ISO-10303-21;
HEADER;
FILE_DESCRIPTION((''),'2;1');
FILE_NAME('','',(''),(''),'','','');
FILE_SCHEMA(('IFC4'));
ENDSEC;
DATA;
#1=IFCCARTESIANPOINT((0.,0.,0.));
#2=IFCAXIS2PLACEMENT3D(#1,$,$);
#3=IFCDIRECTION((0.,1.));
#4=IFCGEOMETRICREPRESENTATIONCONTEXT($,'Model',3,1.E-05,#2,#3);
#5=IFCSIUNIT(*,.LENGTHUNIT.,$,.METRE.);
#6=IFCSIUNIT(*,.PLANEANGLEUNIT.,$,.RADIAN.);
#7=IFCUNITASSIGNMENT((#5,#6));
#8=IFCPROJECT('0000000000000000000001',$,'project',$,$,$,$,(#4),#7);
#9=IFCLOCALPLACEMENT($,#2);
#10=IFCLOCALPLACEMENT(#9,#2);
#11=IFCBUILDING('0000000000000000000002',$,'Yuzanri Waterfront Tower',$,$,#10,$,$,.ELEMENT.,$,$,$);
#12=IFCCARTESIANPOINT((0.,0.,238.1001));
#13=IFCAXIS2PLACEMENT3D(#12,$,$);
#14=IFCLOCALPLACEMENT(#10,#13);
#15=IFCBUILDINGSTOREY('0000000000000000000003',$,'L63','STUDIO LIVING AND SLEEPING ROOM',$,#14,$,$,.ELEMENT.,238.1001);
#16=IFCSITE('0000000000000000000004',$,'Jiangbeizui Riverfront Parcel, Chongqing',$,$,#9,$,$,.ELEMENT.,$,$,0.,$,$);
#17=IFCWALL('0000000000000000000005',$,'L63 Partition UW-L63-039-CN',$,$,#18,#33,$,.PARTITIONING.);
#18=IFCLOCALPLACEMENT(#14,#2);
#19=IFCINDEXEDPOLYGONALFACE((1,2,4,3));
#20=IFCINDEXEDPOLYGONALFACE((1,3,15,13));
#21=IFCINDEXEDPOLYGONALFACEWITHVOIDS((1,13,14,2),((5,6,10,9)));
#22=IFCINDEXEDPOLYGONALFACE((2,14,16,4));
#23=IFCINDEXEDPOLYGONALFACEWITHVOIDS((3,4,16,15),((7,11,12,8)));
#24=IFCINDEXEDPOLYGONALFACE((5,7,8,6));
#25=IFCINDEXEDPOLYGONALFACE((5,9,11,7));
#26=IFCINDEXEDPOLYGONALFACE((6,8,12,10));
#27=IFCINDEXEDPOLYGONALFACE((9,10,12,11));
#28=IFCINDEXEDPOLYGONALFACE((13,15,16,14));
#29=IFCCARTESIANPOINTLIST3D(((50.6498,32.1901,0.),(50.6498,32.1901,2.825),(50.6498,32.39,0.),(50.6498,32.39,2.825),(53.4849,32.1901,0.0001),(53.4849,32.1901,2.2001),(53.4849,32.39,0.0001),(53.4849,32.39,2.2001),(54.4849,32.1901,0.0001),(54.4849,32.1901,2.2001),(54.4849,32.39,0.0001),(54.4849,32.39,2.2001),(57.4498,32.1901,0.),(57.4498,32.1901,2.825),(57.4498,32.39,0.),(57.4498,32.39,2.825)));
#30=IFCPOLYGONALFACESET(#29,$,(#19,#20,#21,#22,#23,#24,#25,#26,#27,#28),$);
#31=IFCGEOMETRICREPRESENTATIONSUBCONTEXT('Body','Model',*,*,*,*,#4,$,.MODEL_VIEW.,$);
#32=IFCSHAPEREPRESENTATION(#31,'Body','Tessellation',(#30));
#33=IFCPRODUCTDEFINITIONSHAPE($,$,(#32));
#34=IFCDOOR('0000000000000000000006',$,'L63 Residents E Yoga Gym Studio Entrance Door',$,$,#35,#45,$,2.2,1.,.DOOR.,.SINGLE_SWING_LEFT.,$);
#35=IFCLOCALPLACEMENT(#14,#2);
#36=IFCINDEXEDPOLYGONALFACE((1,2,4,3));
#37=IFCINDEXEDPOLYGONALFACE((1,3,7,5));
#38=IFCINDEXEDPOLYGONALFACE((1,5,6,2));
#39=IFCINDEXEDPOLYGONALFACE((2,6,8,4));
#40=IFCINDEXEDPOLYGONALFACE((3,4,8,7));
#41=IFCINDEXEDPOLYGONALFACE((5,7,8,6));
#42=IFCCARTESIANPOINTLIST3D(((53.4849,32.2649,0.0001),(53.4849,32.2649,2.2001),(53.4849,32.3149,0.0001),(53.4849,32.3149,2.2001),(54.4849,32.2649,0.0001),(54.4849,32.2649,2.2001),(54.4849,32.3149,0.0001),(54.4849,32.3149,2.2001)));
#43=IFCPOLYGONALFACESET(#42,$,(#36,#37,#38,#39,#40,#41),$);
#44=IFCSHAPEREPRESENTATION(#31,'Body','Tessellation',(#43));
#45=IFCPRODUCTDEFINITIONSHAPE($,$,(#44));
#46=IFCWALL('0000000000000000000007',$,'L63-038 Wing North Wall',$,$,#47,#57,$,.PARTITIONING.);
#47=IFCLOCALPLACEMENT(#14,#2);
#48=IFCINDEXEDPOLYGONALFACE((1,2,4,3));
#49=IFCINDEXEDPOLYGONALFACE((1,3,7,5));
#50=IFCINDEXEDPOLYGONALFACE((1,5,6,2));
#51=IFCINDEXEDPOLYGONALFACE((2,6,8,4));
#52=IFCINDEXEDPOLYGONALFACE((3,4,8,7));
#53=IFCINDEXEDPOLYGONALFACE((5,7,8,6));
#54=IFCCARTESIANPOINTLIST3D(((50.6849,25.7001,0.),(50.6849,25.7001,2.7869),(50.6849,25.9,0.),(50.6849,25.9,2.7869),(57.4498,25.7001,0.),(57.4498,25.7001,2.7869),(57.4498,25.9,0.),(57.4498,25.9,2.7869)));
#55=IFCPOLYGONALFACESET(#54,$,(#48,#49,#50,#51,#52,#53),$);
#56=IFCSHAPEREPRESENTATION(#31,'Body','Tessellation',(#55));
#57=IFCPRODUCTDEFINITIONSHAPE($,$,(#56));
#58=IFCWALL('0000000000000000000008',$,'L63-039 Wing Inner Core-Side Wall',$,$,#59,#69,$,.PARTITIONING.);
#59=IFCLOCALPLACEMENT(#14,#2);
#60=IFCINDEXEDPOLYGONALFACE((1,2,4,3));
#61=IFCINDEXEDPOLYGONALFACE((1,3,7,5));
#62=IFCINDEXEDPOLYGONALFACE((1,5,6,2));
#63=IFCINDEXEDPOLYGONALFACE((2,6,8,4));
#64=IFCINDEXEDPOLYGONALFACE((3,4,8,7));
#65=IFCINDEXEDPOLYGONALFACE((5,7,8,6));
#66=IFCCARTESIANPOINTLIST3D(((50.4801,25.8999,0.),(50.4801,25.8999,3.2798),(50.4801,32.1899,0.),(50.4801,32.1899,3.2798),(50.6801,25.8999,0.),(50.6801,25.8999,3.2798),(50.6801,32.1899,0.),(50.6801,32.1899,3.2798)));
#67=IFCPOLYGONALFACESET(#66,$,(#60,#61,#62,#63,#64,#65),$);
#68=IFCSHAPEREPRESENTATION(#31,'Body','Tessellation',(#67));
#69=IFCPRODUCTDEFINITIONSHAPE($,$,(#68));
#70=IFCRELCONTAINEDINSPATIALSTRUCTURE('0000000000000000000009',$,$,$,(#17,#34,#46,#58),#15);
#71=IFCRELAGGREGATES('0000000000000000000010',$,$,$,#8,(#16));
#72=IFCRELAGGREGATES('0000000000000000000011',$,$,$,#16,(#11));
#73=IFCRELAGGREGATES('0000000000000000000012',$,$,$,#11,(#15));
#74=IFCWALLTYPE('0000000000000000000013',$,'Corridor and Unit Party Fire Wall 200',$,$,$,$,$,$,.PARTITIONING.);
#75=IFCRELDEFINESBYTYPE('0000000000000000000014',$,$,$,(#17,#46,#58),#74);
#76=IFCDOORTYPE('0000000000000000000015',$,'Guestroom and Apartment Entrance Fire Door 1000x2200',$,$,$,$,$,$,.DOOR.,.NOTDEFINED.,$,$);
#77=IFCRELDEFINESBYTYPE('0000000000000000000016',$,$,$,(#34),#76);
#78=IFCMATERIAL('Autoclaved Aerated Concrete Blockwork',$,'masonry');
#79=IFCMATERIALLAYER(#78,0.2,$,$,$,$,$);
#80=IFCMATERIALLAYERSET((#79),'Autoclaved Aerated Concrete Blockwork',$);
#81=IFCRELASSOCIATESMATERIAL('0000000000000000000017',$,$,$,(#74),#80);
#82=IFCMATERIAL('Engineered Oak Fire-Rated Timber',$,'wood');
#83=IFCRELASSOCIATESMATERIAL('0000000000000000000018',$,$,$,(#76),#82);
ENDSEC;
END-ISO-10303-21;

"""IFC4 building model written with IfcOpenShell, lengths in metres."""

from ifc_helpers import new_model, si_unit, direction, frame, frame_2d, origin, place, context, subcontext, project, spatial, rectangle, extrude, source, transform, mapped, material, layer, layer_set, type_object, element, fill, save


model = new_model("IFC4")

# Units and contexts
model_context = context("Model", 3, precision=1e-05, world=origin(), true_north=direction((0.0, 1.0)))
body_context = subcontext(model_context, "Body", "Model", "MODEL_VIEW")
ifc_project = project(units=[si_unit("LENGTHUNIT", "METRE"), si_unit("PLANEANGLEUNIT", "RADIAN")], contexts=[model_context])

# Site, building, storey
site_placement = place(None, origin())
site = spatial("IfcSite", under=ifc_project, at=site_placement, Name="Jiangbeizui Riverfront Parcel, Chongqing", CompositionType="ELEMENT", RefElevation=0.0)
building_placement = place(site_placement, origin())
building = spatial("IfcBuilding", under=site, at=building_placement, Name="Yuzanri Waterfront Tower", CompositionType="ELEMENT")
storey_placement = place(building_placement, frame((0.0, 0.0, 238.1001)))
storey = spatial("IfcBuildingStorey", under=building, at=storey_placement, Name="L63", Description="STUDIO LIVING AND SLEEPING ROOM", CompositionType="ELEMENT", Elevation=238.1001)

# Wall, opening, door
ifc_material_1 = material(Name="Autoclaved Aerated Concrete Blockwork", Category="masonry")
ifc_layer_1 = layer(ifc_material_1, 0.2)
ifc_layer_set_1 = layer_set([ifc_layer_1], Name="Autoclaved Aerated Concrete Blockwork")
wall_type_1 = type_object("IfcWallType", Name="Corridor and Unit Party Fire Wall 200", PredefinedType="PARTITIONING", material=ifc_layer_set_1)
wall_1_placement = place(storey_placement, frame((50.6499, 32.29, 0.0), z_axis=(0.0, 0.0, 1.0), x_axis=(1.0, 0.0, 0.0)))
wall_1 = element("IfcWall", 1, at=wall_1_placement, inside=storey, type_object=wall_type_1, Name="L63 Partition UW-L63-039-CN", PredefinedType="PARTITIONING", context=body_context, shape_type="SweptSolid", body=[
    extrude(rectangle(XDim=6.8, YDim=0.2, at=frame_2d((3.3999, 0.0))), origin(), (0.0, 0.0, 1.0), 2.825),
])
opening_1_placement = place(wall_1_placement, frame((2.835, 0.0, 0.0)))
opening_1 = element("IfcOpeningElement", 2, at=opening_1_placement, cuts=wall_1, PredefinedType="OPENING", context=body_context, shape_type="SweptSolid", body=[
    extrude(rectangle(XDim=1.0, YDim=2.2, at=frame_2d((0.5, 1.1001))), frame((0.0, 0.1147, 0.0), z_axis=(0.0, -1.0, 0.0), x_axis=(1.0, 0.0, 0.0)), (0.0, 0.0, 1.0), 0.2297),
])
ifc_material_2 = material(Name="Engineered Oak Fire-Rated Timber", Category="wood")
door_type_1 = type_object("IfcDoorType", Name="Guestroom and Apartment Entrance Fire Door 1000x2200", OperationType="NOTDEFINED", PredefinedType="DOOR", material=ifc_material_2)
shared_shape_1 = source(origin(), body_context, "Body", "SweptSolid", [
    extrude(rectangle(XDim=1.0, YDim=2.2, at=frame_2d((0.5, 1.1001))), frame((0.0, 0.0249, 0.0), z_axis=(0.0, -1.0, 0.0), x_axis=(1.0, 0.0, 0.0)), (0.0, 0.0, 1.0), 0.05),
])
door_1_placement = place(opening_1_placement, origin())
door_1 = element("IfcDoor", 3, at=door_1_placement, inside=storey, type_object=door_type_1, Name="L63 Residents E Yoga Gym Studio Entrance Door", OperationType="SINGLE_SWING_LEFT", OverallHeight=2.2, OverallWidth=1.0, PredefinedType="DOOR", context=body_context, shape_type="MappedRepresentation", body=[
    mapped(shared_shape_1, transform((0.0, 0.0, 0.0), scale=1.0)),
])
fill(opening_1, door_1)

# Walls
shared_shape_2 = source(origin(), body_context, "Body", "SweptSolid", [
    extrude(rectangle(XDim=6.7649, YDim=0.2, at=frame_2d((3.3823, 0.0))), origin(), (0.0, 0.0, 1.0), 2.7869),
])
wall_2_placement = place(storey_placement, frame((50.6851, 25.8, 0.0), z_axis=(0.0, 0.0, 1.0), x_axis=(1.0, 0.0, 0.0)))
element("IfcWall", 4, at=wall_2_placement, inside=storey, type_object=wall_type_1, Name="L63-038 Wing North Wall", PredefinedType="PARTITIONING", context=body_context, shape_type="MappedRepresentation", body=[
    mapped(shared_shape_2, transform((0.0, 0.0, 0.0), scale=1.0)),
])
shared_shape_3 = source(origin(), body_context, "Body", "SweptSolid", [
    extrude(rectangle(XDim=6.29, YDim=0.2, at=frame_2d((3.145, 0.0))), origin(), (0.0, 0.0, 1.0), 3.2798),
])
wall_3_placement = place(storey_placement, frame((50.5801, 25.8999, 0.0), z_axis=(0.0, 0.0, 1.0), x_axis=(0.0, 1.0, 0.0)))
element("IfcWall", 5, at=wall_3_placement, inside=storey, type_object=wall_type_1, Name="L63-039 Wing Inner Core-Side Wall", PredefinedType="PARTITIONING", context=body_context, shape_type="MappedRepresentation", body=[
    mapped(shared_shape_3, transform((0.0, 0.0, 0.0), scale=1.0)),
])

save(model, "model.ifc")
